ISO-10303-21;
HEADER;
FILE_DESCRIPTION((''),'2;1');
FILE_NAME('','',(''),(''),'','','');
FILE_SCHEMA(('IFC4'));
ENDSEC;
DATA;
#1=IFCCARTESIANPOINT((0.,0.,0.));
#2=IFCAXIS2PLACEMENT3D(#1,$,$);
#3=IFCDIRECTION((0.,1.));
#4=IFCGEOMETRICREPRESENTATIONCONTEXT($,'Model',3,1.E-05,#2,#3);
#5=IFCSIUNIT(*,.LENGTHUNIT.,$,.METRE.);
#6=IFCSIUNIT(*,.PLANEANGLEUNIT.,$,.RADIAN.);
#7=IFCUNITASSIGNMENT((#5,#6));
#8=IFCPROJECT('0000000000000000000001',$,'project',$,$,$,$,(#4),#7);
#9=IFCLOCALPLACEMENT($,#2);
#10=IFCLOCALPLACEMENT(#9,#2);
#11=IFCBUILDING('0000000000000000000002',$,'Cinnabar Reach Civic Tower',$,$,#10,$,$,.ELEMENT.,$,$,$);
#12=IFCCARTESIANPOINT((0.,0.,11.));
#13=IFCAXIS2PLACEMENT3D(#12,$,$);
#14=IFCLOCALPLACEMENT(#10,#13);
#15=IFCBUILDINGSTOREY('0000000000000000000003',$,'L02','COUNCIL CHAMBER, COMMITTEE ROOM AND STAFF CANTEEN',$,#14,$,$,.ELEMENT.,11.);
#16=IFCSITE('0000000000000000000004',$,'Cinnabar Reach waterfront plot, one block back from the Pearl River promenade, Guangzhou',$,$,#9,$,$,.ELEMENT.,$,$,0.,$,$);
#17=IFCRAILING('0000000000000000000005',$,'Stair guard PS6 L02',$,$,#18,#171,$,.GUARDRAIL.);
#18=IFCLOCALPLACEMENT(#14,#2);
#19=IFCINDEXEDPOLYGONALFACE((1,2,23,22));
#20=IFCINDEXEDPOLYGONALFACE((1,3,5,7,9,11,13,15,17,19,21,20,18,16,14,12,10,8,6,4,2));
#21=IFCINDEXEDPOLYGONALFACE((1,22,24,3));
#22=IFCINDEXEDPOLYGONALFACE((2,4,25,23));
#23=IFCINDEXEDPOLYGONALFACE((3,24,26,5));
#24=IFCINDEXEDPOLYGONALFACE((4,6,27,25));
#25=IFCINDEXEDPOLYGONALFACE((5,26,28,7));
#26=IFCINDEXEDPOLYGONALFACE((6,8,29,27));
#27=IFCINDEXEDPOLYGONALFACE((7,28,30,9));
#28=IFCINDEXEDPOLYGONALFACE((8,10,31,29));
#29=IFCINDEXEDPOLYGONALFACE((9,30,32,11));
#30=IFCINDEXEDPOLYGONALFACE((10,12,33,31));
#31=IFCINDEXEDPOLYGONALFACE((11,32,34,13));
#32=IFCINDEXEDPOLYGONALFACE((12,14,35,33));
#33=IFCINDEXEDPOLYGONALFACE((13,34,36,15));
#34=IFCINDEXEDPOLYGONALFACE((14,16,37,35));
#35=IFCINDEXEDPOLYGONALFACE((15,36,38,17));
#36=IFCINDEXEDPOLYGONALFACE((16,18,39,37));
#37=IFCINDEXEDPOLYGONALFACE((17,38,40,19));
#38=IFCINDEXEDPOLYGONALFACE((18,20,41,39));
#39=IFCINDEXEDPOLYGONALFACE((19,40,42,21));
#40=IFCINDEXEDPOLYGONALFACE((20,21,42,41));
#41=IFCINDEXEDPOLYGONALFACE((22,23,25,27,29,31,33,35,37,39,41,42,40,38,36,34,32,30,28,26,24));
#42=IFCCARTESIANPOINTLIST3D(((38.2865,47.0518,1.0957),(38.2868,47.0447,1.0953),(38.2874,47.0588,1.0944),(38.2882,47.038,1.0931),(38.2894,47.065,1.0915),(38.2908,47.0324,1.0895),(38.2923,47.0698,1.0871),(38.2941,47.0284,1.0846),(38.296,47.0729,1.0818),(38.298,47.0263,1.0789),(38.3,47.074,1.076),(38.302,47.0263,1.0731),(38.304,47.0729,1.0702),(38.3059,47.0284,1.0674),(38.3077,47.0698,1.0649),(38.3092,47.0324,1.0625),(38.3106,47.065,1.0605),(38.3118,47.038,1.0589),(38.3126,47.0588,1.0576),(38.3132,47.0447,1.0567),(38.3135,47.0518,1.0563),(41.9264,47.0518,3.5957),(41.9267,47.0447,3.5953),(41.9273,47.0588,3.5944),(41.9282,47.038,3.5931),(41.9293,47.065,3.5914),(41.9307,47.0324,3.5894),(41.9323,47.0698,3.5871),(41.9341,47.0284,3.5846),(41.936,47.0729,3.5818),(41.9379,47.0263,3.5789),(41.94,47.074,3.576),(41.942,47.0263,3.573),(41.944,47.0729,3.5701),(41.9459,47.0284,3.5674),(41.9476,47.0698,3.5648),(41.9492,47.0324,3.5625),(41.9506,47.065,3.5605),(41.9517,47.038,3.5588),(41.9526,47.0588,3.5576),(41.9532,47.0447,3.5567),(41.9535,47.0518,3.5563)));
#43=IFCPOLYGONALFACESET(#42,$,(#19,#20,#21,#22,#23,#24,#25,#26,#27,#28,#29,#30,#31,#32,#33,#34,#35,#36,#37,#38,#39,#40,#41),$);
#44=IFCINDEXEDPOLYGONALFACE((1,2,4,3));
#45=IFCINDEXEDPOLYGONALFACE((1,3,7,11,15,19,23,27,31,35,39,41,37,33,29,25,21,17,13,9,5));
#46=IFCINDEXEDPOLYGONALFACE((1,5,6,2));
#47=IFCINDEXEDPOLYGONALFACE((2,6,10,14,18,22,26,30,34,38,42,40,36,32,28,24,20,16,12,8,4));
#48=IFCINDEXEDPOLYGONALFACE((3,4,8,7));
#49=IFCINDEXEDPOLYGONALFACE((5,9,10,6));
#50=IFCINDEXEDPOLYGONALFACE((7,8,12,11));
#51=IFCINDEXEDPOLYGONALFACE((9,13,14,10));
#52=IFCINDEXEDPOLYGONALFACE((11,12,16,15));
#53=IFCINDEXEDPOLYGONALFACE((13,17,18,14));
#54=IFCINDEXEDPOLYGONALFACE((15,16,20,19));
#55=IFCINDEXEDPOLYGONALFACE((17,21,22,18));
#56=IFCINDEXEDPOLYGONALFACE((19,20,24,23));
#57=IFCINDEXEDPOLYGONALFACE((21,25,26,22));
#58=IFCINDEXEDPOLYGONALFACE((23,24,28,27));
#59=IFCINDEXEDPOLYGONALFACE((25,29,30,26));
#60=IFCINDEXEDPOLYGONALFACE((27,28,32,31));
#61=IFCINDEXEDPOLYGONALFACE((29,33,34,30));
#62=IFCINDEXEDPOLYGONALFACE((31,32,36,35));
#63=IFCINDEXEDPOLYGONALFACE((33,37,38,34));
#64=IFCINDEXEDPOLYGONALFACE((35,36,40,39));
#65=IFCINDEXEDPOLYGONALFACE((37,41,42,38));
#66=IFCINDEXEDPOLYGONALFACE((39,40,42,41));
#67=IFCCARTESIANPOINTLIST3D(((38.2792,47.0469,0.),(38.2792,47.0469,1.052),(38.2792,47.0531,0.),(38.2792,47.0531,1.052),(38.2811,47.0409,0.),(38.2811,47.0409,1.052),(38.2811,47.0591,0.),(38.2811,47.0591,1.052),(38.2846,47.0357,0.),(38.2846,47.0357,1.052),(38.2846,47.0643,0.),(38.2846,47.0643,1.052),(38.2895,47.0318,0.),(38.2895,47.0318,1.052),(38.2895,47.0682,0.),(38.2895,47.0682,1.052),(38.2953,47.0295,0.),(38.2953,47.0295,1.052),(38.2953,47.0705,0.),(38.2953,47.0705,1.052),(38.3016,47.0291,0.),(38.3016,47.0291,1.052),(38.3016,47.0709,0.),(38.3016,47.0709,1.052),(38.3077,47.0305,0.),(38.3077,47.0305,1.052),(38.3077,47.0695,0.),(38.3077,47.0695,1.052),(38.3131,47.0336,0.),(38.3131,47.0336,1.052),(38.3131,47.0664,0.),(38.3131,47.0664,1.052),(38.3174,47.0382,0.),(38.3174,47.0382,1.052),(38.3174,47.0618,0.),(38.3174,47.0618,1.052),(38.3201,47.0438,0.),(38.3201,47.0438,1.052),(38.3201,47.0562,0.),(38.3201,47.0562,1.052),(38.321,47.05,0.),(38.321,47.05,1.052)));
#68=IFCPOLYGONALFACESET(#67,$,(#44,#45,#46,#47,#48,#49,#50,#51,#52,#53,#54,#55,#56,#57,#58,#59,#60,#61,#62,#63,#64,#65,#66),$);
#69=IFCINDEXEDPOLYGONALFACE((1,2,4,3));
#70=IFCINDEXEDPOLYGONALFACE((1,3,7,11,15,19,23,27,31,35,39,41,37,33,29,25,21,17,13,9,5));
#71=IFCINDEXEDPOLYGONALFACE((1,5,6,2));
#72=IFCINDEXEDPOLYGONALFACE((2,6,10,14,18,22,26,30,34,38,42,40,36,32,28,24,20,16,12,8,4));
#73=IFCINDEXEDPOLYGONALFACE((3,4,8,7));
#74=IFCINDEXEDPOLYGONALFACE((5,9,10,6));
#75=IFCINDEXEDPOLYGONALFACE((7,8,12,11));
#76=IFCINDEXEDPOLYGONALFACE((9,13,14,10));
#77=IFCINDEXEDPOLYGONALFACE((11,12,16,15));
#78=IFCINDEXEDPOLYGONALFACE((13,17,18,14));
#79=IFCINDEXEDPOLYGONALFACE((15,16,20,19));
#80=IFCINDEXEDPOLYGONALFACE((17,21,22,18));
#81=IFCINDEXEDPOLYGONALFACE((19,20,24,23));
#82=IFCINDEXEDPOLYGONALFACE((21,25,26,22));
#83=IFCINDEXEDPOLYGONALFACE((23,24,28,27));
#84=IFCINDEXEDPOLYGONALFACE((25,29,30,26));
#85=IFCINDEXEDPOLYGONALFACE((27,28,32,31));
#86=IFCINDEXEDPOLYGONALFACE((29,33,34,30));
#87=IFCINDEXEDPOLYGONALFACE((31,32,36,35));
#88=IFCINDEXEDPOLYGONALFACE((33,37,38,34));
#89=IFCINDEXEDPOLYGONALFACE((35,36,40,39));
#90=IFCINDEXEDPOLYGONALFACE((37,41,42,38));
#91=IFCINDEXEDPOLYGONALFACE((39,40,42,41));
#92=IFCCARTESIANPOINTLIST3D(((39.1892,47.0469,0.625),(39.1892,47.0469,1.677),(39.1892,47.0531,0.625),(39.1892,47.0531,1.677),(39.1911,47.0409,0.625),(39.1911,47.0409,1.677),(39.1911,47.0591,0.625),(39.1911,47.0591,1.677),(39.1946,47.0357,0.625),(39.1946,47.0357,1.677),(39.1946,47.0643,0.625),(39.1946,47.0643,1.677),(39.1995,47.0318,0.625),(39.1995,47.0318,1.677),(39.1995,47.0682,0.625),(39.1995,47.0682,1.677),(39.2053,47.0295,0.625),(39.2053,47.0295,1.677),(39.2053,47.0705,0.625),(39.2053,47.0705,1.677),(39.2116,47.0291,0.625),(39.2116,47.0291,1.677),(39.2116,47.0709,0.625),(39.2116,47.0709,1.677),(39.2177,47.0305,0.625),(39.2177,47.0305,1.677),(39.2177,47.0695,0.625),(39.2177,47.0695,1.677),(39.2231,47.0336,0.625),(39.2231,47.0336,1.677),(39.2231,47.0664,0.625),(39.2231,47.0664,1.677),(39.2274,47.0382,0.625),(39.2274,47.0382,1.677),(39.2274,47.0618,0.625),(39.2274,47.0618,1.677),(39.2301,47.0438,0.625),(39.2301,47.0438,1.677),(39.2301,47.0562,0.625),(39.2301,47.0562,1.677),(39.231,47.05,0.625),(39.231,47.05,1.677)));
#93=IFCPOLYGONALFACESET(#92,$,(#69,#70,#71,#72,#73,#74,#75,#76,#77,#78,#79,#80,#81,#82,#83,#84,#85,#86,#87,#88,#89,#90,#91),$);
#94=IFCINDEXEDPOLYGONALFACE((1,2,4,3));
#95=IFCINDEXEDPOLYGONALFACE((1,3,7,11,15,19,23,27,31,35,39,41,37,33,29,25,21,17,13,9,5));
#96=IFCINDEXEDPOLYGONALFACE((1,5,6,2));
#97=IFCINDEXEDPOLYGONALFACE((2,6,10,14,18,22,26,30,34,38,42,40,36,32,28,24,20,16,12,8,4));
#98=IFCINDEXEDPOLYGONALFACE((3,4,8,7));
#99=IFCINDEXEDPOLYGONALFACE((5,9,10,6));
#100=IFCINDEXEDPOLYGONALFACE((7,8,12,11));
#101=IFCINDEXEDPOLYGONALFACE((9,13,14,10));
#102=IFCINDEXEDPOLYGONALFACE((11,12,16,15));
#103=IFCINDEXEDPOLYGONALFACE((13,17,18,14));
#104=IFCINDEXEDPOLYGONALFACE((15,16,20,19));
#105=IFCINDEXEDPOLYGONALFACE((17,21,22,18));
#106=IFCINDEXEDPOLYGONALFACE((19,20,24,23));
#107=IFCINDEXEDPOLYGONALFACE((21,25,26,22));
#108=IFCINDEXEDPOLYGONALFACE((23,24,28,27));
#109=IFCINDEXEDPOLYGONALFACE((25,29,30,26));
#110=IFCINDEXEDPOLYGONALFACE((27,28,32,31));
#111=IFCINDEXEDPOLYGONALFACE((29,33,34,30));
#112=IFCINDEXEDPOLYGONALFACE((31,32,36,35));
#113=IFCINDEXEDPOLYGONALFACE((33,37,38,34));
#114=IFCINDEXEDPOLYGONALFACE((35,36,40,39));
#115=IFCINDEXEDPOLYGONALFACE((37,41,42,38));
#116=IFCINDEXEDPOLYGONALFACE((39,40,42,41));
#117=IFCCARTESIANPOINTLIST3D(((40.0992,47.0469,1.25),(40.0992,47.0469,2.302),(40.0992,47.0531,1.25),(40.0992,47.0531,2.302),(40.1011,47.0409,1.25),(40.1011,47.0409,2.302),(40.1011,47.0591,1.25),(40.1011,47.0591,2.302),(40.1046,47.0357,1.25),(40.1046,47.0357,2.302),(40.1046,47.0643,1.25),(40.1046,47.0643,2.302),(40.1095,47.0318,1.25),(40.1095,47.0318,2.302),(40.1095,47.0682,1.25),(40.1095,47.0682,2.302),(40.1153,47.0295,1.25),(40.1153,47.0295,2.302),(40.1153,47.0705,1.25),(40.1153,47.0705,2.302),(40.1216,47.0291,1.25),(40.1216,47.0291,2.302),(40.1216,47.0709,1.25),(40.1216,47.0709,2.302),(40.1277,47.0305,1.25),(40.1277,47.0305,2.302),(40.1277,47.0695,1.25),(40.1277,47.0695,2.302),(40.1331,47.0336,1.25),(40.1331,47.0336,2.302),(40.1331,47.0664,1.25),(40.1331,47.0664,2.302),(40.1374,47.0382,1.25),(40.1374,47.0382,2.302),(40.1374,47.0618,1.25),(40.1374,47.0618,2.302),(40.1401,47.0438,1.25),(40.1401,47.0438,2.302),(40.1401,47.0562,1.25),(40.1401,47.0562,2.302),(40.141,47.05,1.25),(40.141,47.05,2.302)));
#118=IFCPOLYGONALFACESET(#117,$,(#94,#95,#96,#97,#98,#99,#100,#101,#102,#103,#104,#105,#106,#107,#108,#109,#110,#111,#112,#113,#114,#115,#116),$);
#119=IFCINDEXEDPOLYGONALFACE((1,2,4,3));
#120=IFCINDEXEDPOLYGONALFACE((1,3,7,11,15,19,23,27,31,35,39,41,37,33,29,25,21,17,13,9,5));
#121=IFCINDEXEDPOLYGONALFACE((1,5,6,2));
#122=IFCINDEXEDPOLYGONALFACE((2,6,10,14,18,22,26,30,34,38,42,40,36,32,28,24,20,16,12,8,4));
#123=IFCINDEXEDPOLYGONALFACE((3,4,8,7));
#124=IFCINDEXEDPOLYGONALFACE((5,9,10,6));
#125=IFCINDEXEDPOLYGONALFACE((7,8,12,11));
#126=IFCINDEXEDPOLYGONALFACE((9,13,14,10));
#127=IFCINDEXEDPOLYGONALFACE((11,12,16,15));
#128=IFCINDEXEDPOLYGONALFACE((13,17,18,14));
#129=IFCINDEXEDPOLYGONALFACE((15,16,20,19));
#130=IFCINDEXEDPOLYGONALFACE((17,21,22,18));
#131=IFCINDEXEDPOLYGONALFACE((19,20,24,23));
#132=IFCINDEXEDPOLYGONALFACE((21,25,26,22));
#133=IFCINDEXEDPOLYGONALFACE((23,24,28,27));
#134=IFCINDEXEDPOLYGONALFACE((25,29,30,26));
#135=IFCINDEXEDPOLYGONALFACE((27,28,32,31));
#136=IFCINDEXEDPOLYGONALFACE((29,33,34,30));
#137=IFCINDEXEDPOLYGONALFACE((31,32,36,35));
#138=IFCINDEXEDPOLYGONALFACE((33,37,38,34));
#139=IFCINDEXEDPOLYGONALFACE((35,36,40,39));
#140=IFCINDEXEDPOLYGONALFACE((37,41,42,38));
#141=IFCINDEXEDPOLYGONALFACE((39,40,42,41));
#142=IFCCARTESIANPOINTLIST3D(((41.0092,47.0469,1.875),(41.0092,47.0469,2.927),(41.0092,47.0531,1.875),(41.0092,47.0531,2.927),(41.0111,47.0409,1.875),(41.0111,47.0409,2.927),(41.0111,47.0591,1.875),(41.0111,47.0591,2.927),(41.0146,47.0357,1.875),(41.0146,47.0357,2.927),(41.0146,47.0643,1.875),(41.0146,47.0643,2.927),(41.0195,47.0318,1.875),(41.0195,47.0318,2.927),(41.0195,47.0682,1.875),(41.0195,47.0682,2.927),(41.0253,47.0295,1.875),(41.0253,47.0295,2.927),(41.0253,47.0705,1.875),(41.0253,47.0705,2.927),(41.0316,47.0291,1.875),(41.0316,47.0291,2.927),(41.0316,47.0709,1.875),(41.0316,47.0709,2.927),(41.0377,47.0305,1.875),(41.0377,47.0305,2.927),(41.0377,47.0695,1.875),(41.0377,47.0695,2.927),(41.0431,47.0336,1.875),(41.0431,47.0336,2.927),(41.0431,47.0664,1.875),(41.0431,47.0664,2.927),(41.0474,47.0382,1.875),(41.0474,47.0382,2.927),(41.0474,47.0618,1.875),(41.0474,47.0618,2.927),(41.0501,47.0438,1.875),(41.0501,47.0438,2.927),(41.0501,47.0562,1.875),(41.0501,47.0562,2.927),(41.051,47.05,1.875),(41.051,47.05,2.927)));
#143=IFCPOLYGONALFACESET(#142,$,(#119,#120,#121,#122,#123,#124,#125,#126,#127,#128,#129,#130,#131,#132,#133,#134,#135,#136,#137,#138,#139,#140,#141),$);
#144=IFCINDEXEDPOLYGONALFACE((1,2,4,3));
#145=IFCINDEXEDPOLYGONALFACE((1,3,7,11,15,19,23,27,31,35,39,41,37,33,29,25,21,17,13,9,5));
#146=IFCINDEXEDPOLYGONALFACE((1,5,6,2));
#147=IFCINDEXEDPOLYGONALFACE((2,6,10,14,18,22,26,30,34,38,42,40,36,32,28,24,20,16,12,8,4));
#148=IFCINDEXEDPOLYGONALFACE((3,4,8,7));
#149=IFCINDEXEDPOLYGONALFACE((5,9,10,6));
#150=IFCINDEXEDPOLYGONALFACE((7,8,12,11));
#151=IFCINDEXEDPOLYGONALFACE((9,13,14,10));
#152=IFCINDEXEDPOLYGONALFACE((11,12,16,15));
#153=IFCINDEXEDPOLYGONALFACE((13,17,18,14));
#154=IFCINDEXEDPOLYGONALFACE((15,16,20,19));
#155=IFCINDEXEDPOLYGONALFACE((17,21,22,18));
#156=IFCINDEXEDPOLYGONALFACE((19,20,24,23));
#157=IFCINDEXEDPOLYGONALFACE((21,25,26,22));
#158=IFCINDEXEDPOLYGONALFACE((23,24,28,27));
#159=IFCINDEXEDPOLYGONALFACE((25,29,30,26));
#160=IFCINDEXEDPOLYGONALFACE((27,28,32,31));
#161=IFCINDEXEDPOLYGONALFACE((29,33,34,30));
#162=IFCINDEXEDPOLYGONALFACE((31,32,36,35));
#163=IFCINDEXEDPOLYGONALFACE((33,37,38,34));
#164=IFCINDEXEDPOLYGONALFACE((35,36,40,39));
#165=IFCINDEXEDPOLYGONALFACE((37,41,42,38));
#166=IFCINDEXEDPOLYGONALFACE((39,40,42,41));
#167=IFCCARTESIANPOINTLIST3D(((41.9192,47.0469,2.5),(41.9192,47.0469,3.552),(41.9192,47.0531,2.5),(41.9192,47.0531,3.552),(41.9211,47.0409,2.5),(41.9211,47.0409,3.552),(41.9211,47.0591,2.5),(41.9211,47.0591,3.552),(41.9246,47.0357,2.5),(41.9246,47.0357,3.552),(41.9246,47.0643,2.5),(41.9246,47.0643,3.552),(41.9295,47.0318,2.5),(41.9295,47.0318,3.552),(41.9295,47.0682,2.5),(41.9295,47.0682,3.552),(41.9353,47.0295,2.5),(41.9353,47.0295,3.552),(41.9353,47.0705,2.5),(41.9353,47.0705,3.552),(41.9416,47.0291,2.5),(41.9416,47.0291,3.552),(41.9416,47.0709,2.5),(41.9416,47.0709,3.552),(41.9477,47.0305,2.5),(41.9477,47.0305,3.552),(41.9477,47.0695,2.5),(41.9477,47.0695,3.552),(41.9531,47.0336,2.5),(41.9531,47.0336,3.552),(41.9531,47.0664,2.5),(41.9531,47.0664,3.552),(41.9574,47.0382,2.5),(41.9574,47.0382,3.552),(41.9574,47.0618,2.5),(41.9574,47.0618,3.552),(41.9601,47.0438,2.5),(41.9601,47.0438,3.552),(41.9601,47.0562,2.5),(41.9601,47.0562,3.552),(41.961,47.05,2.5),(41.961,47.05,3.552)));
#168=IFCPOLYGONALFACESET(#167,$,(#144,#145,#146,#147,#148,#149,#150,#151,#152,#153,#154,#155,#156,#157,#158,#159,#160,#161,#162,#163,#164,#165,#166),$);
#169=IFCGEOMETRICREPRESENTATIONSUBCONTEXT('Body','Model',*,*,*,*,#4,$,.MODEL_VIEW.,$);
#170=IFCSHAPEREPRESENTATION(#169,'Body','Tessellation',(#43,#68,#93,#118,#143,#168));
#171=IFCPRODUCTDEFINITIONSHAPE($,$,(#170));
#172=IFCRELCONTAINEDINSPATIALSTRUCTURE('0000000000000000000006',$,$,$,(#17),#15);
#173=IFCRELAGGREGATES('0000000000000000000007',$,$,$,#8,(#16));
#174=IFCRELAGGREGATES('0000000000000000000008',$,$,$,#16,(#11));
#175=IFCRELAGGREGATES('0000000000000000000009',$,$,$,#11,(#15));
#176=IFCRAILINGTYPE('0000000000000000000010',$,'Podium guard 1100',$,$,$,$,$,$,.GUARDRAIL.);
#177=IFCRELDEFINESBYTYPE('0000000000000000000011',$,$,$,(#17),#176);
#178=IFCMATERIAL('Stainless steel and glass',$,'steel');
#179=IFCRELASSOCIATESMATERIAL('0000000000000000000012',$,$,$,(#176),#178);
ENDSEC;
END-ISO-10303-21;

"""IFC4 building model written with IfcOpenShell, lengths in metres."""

from ifc_helpers import new_model, si_unit, direction, frame, origin, origin_2d, place, context, subcontext, project, spatial, circle, extrude, material, type_object, element, save


model = new_model("IFC4")

# Units and contexts
model_context = context("Model", 3, precision=1e-05, world=origin(), true_north=direction((0.0, 1.0)))
body_context = subcontext(model_context, "Body", "Model", "MODEL_VIEW")
ifc_project = project(units=[si_unit("LENGTHUNIT", "METRE"), si_unit("PLANEANGLEUNIT", "RADIAN")], contexts=[model_context])

# Site, building, storey
site_placement = place(None, origin())
site = spatial("IfcSite", under=ifc_project, at=site_placement, Name="Cinnabar Reach waterfront plot, one block back from the Pearl River promenade, Guangzhou", CompositionType="ELEMENT", RefElevation=0.0)
building_placement = place(site_placement, origin())
building = spatial("IfcBuilding", under=site, at=building_placement, Name="Cinnabar Reach Civic Tower", CompositionType="ELEMENT")
storey_placement = place(building_placement, frame((0.0, 0.0, 11.0)))
storey = spatial("IfcBuildingStorey", under=building, at=storey_placement, Name="L02", Description="COUNCIL CHAMBER, COMMITTEE ROOM AND STAFF CANTEEN", CompositionType="ELEMENT", Elevation=11.0)

# Railing
ifc_material_1 = material(Name="Stainless steel and glass", Category="steel")
railing_type_1 = type_object("IfcRailingType", Name="Podium guard 1100", PredefinedType="GUARDRAIL", material=ifc_material_1)
railing_1_placement = place(storey_placement, frame((38.3, 47.05, 0.0)))
element("IfcRailing", 1, at=railing_1_placement, inside=storey, type_object=railing_type_1, Name="Stair guard PS6 L02", PredefinedType="GUARDRAIL", context=body_context, shape_type="SweptSolid", body=[
    extrude(circle(Radius=0.024, at=origin_2d()), frame((0.0, 0.0, 1.076), z_axis=(0.824306, 0.0, 0.566144), x_axis=(0.0, 1.0, 0.0)), (0.0, 0.0, 1.0), 4.4158),
    extrude(circle(Radius=0.021, at=origin_2d()), origin(), (0.0, 0.0, 1.0), 1.052),
    extrude(circle(Radius=0.021, at=origin_2d()), frame((0.91, 0.0, 0.625)), (0.0, 0.0, 1.0), 1.052),
    extrude(circle(Radius=0.021, at=origin_2d()), frame((1.82, 0.0, 1.25)), (0.0, 0.0, 1.0), 1.052),
    extrude(circle(Radius=0.021, at=origin_2d()), frame((2.73, 0.0, 1.875)), (0.0, 0.0, 1.0), 1.052),
    extrude(circle(Radius=0.021, at=origin_2d()), frame((3.64, 0.0, 2.5)), (0.0, 0.0, 1.0), 1.052),
])

save(model, "model.ifc")
